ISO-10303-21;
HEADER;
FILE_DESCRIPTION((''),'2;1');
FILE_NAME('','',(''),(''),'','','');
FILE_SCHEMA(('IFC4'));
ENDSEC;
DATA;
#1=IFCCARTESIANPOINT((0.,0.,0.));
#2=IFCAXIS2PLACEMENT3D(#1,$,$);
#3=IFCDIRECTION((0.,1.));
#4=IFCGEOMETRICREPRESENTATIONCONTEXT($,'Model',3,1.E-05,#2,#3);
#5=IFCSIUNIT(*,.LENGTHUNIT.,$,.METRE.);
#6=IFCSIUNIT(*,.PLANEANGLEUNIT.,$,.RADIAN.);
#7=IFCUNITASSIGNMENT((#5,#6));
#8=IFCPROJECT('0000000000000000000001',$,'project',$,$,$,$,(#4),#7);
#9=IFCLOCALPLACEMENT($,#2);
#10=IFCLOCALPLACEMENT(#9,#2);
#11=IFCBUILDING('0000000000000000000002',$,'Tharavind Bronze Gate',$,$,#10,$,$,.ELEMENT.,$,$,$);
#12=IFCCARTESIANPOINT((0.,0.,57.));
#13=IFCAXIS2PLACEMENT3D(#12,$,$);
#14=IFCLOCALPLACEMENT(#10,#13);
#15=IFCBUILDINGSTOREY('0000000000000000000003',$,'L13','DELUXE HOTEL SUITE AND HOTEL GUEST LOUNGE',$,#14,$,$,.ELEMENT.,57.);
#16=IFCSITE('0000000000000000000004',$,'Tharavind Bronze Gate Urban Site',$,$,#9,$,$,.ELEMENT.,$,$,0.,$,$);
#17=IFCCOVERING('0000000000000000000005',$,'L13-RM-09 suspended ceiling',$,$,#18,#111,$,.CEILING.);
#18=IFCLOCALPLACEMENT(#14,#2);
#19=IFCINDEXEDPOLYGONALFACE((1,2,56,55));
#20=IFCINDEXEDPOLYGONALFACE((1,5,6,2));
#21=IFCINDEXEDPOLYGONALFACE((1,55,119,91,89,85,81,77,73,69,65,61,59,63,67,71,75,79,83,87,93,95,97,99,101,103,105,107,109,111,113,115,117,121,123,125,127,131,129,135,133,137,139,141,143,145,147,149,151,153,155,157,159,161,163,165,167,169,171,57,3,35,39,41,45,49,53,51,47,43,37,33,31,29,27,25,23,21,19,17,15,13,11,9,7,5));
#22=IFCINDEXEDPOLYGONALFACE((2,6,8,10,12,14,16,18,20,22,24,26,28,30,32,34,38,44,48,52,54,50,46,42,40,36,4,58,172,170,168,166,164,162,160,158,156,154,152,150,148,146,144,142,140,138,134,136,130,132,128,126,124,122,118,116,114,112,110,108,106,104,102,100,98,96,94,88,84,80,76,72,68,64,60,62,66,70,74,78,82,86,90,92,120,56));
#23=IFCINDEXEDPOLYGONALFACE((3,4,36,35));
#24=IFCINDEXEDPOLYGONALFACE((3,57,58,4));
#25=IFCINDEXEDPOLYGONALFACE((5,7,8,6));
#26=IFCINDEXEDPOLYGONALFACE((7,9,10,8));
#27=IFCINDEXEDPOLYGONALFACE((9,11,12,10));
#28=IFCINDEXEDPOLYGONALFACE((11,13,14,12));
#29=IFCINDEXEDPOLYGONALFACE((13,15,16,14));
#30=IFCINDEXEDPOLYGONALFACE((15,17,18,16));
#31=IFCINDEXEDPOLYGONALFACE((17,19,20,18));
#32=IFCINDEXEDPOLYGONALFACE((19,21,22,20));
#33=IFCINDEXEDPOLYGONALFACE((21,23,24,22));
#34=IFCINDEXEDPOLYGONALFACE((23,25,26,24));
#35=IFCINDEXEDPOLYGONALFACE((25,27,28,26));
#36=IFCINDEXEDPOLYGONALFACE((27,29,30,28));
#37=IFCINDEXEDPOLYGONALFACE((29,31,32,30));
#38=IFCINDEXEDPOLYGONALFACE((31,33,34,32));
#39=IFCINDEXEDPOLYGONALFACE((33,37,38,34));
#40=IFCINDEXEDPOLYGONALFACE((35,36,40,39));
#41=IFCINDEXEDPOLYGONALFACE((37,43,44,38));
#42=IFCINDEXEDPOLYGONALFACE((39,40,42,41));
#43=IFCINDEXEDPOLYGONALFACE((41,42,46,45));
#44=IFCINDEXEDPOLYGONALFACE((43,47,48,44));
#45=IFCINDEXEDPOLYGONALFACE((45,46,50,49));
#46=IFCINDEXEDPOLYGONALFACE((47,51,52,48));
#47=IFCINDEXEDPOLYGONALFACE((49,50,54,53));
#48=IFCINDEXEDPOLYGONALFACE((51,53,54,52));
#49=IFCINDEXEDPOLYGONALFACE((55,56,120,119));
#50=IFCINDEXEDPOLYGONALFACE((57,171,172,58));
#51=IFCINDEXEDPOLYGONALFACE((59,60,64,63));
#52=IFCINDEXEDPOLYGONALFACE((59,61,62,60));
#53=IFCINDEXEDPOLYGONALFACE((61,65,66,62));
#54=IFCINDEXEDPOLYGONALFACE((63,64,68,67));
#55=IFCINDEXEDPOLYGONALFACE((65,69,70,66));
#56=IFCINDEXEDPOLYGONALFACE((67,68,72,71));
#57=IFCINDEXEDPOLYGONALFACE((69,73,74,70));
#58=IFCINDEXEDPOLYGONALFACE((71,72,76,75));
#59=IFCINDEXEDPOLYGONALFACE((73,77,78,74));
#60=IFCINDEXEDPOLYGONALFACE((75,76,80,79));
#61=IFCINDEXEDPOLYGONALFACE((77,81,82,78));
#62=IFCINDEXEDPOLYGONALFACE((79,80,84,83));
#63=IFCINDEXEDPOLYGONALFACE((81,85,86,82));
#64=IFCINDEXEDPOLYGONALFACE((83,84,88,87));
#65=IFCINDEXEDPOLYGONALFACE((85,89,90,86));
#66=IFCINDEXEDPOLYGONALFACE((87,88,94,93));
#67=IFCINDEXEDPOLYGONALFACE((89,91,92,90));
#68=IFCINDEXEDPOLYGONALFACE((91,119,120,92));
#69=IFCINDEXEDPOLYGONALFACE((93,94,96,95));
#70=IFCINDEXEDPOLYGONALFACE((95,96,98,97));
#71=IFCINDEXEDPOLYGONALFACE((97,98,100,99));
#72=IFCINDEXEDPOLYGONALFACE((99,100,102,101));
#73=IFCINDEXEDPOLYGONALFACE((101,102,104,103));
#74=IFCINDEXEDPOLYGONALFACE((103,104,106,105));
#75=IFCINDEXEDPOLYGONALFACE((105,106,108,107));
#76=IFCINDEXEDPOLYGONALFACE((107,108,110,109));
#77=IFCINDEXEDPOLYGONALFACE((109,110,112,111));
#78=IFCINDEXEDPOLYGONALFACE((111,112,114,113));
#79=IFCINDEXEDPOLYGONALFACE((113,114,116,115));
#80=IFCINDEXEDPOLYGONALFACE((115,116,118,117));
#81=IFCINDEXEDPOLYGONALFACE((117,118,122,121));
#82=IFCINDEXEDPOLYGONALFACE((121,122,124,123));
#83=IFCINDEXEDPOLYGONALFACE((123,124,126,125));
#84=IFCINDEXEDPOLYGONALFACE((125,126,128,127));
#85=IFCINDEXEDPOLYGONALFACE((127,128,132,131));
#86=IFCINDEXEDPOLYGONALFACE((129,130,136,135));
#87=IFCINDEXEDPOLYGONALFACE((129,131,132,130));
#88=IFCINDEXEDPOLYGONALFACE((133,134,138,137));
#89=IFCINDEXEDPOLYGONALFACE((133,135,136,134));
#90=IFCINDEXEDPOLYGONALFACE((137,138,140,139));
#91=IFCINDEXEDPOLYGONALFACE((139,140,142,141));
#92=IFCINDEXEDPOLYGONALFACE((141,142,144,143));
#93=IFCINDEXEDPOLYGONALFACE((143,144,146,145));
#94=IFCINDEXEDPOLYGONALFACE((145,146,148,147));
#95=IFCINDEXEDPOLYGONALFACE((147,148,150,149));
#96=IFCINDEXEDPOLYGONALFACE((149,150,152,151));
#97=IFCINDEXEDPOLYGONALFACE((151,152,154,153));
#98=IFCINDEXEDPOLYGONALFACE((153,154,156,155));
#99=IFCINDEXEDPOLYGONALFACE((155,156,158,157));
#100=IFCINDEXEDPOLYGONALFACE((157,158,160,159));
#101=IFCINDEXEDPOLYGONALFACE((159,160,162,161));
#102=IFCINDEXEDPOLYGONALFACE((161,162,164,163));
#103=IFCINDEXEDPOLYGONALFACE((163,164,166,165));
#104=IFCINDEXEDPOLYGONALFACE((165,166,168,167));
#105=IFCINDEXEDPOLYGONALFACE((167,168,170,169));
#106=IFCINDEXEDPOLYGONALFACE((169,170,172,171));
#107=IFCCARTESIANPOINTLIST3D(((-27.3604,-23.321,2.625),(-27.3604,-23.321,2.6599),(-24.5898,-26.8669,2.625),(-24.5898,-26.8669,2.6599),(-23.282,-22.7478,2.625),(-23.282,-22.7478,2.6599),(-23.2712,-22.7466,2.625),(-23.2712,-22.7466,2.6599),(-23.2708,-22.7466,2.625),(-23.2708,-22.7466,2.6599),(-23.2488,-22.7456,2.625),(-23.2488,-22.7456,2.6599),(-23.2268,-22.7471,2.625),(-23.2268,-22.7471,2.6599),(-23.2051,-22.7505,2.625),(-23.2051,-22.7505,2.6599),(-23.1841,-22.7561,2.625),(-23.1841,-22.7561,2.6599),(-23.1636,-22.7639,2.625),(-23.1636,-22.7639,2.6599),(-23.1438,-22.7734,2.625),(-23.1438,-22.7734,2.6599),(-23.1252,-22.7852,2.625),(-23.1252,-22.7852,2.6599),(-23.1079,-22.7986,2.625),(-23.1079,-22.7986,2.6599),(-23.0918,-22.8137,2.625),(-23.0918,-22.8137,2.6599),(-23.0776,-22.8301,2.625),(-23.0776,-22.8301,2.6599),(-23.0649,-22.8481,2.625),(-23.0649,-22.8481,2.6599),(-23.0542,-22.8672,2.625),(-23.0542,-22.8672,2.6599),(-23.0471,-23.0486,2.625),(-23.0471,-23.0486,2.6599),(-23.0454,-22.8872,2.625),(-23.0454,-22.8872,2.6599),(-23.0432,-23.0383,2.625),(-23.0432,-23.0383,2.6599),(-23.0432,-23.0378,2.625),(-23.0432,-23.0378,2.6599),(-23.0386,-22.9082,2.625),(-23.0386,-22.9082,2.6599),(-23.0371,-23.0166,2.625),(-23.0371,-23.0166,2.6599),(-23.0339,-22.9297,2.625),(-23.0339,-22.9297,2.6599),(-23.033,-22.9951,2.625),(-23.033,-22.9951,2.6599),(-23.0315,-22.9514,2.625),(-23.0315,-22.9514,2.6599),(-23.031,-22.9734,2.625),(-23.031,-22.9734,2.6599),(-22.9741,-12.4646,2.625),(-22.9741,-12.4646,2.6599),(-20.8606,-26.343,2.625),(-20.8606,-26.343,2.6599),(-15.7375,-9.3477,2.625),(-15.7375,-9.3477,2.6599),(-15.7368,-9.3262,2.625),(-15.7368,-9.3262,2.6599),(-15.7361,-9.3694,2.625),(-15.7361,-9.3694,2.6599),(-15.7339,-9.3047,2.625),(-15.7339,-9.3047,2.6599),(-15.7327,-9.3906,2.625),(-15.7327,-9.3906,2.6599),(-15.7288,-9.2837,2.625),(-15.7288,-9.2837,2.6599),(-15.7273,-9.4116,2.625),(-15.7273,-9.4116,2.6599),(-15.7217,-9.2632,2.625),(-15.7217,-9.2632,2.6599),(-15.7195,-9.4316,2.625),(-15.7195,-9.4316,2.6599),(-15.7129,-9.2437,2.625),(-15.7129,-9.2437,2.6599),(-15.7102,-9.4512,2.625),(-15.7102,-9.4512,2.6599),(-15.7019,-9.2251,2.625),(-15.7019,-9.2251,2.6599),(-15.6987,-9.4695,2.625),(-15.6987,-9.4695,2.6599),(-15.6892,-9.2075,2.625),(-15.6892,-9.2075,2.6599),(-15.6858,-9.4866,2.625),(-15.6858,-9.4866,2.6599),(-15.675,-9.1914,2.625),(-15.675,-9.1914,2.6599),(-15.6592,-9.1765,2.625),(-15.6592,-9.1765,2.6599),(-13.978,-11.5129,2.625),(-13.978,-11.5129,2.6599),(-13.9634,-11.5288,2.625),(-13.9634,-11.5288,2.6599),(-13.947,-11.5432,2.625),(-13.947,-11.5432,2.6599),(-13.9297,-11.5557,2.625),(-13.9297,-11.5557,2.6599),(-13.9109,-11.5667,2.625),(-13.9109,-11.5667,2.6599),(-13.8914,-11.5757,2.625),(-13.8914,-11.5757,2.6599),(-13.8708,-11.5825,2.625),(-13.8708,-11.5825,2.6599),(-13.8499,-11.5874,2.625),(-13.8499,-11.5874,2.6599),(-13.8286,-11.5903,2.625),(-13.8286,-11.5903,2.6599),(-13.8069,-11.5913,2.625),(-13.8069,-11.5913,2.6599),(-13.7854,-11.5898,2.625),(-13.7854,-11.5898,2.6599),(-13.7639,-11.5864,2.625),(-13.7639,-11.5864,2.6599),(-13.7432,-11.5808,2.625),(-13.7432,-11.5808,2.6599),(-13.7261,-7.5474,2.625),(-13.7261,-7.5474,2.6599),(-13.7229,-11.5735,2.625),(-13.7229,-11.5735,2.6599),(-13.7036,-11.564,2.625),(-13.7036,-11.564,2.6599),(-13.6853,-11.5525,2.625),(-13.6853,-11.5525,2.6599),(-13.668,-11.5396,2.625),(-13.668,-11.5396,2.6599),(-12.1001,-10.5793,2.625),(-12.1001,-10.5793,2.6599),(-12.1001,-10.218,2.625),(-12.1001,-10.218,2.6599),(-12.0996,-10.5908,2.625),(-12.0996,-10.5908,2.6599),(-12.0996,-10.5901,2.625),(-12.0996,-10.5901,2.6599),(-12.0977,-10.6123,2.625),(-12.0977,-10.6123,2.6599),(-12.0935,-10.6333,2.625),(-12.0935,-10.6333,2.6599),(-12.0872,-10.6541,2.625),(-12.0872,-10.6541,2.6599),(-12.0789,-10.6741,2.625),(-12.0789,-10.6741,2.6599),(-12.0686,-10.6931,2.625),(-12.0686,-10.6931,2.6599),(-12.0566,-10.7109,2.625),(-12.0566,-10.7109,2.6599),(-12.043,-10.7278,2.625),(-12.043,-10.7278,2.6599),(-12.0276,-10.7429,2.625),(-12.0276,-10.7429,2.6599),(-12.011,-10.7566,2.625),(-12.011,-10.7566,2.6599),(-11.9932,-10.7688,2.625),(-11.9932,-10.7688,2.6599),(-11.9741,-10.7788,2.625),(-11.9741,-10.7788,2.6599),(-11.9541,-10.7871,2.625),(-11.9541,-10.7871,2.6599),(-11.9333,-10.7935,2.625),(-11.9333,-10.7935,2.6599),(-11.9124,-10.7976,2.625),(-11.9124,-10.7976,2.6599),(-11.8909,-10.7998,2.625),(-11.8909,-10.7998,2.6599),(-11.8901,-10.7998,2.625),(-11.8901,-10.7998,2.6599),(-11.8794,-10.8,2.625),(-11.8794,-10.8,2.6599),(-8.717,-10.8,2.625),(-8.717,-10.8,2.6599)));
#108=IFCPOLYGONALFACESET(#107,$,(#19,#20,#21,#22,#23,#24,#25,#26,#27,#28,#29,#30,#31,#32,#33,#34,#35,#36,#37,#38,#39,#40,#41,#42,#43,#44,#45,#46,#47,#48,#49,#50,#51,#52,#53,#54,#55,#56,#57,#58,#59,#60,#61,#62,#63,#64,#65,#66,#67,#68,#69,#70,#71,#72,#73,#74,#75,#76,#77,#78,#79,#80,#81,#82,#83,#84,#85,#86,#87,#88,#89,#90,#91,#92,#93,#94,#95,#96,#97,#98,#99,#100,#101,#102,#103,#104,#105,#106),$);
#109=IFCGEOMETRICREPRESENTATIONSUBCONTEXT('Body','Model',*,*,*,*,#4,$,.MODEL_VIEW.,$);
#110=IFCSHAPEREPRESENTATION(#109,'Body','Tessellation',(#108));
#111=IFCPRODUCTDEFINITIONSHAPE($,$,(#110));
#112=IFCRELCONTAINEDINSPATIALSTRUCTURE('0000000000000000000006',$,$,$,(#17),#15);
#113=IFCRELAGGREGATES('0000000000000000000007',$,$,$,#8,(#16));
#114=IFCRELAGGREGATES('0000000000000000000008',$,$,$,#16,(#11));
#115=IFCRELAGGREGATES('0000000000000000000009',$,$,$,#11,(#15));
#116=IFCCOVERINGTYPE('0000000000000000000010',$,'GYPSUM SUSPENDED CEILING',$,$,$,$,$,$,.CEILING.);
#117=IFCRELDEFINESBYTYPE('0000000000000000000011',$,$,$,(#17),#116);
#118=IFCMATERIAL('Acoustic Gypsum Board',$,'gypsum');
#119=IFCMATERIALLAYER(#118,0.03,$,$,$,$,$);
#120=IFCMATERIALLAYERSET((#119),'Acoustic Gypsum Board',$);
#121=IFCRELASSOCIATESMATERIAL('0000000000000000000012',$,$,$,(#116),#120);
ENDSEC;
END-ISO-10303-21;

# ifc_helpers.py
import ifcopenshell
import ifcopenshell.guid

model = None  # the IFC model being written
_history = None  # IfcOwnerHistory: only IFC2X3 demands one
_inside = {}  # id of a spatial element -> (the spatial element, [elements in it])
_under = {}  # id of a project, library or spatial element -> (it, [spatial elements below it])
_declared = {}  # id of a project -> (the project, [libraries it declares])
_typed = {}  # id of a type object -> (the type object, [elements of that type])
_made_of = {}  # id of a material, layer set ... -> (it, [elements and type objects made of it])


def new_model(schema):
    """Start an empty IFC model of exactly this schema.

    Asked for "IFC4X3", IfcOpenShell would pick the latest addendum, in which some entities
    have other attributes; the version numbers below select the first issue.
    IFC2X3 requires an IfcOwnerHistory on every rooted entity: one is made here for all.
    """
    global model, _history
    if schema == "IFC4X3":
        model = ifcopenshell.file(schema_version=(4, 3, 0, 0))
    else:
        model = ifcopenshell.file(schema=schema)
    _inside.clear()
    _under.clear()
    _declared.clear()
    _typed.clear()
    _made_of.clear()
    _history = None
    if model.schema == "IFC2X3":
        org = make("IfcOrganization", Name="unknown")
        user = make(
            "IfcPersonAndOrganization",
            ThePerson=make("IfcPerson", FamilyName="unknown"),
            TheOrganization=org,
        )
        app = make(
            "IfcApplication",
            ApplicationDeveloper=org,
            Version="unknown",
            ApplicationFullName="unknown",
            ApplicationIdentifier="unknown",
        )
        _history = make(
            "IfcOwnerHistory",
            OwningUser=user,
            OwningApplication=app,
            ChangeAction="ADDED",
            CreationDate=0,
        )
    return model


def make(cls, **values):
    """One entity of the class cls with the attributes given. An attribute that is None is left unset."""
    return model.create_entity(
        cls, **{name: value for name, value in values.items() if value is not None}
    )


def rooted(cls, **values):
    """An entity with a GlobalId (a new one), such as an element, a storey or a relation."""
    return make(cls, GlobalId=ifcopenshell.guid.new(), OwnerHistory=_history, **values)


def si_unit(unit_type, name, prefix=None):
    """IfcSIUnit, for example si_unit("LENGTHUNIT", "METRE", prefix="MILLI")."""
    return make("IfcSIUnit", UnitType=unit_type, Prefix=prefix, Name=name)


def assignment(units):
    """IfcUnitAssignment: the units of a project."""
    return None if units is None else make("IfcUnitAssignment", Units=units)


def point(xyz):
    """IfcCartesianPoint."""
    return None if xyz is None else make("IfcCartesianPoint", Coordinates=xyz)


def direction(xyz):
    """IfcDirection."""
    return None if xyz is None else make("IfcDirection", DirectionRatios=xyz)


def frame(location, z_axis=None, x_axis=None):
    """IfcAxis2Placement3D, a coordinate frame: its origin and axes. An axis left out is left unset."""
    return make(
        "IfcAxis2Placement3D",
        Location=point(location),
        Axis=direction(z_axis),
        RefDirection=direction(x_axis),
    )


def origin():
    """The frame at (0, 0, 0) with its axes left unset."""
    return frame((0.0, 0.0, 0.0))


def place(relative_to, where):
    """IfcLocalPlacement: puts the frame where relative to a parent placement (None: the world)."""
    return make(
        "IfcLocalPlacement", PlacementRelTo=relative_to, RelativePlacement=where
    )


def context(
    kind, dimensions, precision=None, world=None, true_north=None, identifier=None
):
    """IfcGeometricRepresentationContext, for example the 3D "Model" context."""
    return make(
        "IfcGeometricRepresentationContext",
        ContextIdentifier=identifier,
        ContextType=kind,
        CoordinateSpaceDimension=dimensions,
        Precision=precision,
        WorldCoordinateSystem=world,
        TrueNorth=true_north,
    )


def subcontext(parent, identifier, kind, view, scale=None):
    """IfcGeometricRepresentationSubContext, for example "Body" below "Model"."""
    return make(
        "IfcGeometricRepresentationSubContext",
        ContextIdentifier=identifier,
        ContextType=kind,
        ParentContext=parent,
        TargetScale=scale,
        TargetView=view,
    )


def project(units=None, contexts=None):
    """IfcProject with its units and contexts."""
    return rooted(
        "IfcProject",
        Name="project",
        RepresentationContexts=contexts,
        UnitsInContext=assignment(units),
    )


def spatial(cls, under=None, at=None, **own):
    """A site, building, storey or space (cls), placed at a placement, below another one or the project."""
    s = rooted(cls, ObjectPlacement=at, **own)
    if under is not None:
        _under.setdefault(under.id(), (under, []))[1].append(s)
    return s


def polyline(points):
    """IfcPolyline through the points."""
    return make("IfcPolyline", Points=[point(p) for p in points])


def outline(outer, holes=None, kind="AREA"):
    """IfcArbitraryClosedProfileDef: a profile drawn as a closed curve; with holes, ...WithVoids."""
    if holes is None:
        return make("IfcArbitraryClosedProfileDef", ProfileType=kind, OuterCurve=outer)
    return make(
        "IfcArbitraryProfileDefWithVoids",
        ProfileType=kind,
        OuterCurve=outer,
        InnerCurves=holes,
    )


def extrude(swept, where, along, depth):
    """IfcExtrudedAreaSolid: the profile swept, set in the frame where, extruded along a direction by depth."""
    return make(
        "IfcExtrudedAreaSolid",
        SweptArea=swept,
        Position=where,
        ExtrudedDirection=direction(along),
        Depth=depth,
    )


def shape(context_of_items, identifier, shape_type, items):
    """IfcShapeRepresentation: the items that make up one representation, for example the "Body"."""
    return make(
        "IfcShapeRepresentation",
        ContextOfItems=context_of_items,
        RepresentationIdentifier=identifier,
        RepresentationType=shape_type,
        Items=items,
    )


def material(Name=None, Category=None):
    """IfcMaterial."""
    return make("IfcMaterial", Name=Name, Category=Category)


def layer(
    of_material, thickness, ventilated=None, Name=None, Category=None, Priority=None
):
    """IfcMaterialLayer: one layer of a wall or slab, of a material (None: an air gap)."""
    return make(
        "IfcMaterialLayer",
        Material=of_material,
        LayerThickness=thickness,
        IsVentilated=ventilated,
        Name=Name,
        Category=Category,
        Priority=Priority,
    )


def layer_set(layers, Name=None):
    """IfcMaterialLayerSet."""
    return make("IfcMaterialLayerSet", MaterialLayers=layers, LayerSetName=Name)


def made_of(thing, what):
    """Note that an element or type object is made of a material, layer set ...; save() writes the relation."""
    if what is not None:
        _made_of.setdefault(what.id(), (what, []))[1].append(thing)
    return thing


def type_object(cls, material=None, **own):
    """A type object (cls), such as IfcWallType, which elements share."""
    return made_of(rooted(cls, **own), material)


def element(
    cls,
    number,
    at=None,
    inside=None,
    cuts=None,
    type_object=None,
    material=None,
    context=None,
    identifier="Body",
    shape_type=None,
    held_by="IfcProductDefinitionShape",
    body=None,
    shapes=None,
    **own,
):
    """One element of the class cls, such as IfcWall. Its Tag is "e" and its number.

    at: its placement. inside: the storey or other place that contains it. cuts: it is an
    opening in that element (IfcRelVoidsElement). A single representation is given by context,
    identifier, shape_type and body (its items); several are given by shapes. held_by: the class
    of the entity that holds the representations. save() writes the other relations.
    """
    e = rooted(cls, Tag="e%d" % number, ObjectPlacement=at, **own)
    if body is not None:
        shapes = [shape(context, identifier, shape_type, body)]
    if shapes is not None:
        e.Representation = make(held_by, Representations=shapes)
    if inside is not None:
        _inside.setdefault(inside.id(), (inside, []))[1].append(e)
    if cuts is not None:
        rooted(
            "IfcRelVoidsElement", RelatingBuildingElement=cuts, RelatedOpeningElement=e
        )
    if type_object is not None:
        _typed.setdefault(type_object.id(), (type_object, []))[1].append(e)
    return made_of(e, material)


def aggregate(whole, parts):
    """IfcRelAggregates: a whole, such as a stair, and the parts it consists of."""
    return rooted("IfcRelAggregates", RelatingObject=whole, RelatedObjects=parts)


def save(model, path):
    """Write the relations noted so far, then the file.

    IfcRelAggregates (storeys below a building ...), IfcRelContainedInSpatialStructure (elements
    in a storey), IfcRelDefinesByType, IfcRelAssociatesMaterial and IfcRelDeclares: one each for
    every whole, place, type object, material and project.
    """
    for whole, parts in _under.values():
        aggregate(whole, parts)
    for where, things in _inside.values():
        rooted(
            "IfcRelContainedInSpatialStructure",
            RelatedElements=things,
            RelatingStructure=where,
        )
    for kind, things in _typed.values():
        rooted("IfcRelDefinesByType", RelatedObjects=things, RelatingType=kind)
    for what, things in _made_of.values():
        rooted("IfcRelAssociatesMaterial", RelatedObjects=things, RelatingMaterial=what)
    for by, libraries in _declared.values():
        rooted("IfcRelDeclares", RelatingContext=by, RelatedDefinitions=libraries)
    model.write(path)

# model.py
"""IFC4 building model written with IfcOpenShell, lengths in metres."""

from ifc_helpers import new_model, si_unit, direction, frame, origin, place, context, subcontext, project, spatial, polyline, outline, extrude, material, layer, layer_set, type_object, element, save


model = new_model("IFC4")

# Units and contexts
model_context = context("Model", 3, precision=1e-05, world=origin(), true_north=direction((0.0, 1.0)))
body_context = subcontext(model_context, "Body", "Model", "MODEL_VIEW")
ifc_project = project(units=[si_unit("LENGTHUNIT", "METRE"), si_unit("PLANEANGLEUNIT", "RADIAN")], contexts=[model_context])

# Site, building, storey
site_placement = place(None, origin())
site = spatial("IfcSite", under=ifc_project, at=site_placement, Name="Tharavind Bronze Gate Urban Site", CompositionType="ELEMENT", RefElevation=0.0)
building_placement = place(site_placement, origin())
building = spatial("IfcBuilding", under=site, at=building_placement, Name="Tharavind Bronze Gate", CompositionType="ELEMENT")
storey_placement = place(building_placement, frame((0.0, 0.0, 57.0)))
storey = spatial("IfcBuildingStorey", under=building, at=storey_placement, Name="L13", Description="DELUXE HOTEL SUITE AND HOTEL GUEST LOUNGE", CompositionType="ELEMENT", Elevation=57.0)

# Covering
ifc_material_1 = material(Name="Acoustic Gypsum Board", Category="gypsum")
ifc_layer_1 = layer(ifc_material_1, 0.03)
ifc_layer_set_1 = layer_set([ifc_layer_1], Name="Acoustic Gypsum Board")
covering_type_1 = type_object("IfcCoveringType", Name="GYPSUM SUSPENDED CEILING", PredefinedType="CEILING", material=ifc_layer_set_1)
covering_1_placement = place(storey_placement, frame((0.0, 0.0, 2.625)))
element("IfcCovering", 1, at=covering_1_placement, inside=storey, type_object=covering_type_1, Name="L13-RM-09 suspended ceiling", PredefinedType="CEILING", context=body_context, shape_type="SweptSolid", body=[
    extrude(outline(polyline([(-23.282, -22.7478), (-23.2712, -22.7466), (-23.2708, -22.7466), (-23.2488, -22.7456), (-23.2268, -22.7471), (-23.2051, -22.7505), (-23.1841, -22.7561), (-23.1636, -22.7639), (-23.1438, -22.7734), (-23.1252, -22.7852), (-23.1079, -22.7986), (-23.0918, -22.8137), (-23.0776, -22.8301), (-23.0649, -22.8481), (-23.0542, -22.8672), (-23.0454, -22.8872), (-23.0386, -22.9082), (-23.0339, -22.9297), (-23.0315, -22.9514), (-23.031, -22.9734), (-23.033, -22.9951), (-23.0371, -23.0166), (-23.0432, -23.0378), (-23.0432, -23.0383), (-23.0471, -23.0486), (-24.5898, -26.8669), (-20.8606, -26.343), (-8.717, -10.8), (-11.8794, -10.8), (-11.8901, -10.7998), (-11.8909, -10.7998), (-11.9124, -10.7976), (-11.9333, -10.7935), (-11.9541, -10.7871), (-11.9741, -10.7788), (-11.9932, -10.7688), (-12.011, -10.7566), (-12.0276, -10.7429), (-12.043, -10.7278), (-12.0566, -10.7109), (-12.0686, -10.6931), (-12.0789, -10.6741), (-12.0872, -10.6541), (-12.0935, -10.6333), (-12.0977, -10.6123), (-12.0996, -10.5908), (-12.0996, -10.5901), (-12.1001, -10.5793), (-12.1001, -10.218), (-13.668, -11.5396), (-13.6853, -11.5525), (-13.7036, -11.564), (-13.7229, -11.5735), (-13.7432, -11.5808), (-13.7639, -11.5864), (-13.7854, -11.5898), (-13.8069, -11.5913), (-13.8286, -11.5903), (-13.8499, -11.5874), (-13.8708, -11.5825), (-13.8914, -11.5757), (-13.9109, -11.5667), (-13.9297, -11.5557), (-13.947, -11.5432), (-13.9634, -11.5288), (-13.978, -11.5129), (-15.6858, -9.4866), (-15.6987, -9.4695), (-15.7102, -9.4512), (-15.7195, -9.4316), (-15.7273, -9.4116), (-15.7327, -9.3906), (-15.7361, -9.3694), (-15.7375, -9.3477), (-15.7368, -9.3262), (-15.7339, -9.3047), (-15.7288, -9.2837), (-15.7217, -9.2632), (-15.7129, -9.2437), (-15.7019, -9.2251), (-15.6892, -9.2075), (-15.675, -9.1914), (-15.6592, -9.1765), (-13.7261, -7.5474), (-22.9741, -12.4646), (-27.3604, -23.321), (-23.282, -22.7478)])), origin(), (0.0, 0.0, 1.0), 0.0349),
])

save(model, "model.ifc")
